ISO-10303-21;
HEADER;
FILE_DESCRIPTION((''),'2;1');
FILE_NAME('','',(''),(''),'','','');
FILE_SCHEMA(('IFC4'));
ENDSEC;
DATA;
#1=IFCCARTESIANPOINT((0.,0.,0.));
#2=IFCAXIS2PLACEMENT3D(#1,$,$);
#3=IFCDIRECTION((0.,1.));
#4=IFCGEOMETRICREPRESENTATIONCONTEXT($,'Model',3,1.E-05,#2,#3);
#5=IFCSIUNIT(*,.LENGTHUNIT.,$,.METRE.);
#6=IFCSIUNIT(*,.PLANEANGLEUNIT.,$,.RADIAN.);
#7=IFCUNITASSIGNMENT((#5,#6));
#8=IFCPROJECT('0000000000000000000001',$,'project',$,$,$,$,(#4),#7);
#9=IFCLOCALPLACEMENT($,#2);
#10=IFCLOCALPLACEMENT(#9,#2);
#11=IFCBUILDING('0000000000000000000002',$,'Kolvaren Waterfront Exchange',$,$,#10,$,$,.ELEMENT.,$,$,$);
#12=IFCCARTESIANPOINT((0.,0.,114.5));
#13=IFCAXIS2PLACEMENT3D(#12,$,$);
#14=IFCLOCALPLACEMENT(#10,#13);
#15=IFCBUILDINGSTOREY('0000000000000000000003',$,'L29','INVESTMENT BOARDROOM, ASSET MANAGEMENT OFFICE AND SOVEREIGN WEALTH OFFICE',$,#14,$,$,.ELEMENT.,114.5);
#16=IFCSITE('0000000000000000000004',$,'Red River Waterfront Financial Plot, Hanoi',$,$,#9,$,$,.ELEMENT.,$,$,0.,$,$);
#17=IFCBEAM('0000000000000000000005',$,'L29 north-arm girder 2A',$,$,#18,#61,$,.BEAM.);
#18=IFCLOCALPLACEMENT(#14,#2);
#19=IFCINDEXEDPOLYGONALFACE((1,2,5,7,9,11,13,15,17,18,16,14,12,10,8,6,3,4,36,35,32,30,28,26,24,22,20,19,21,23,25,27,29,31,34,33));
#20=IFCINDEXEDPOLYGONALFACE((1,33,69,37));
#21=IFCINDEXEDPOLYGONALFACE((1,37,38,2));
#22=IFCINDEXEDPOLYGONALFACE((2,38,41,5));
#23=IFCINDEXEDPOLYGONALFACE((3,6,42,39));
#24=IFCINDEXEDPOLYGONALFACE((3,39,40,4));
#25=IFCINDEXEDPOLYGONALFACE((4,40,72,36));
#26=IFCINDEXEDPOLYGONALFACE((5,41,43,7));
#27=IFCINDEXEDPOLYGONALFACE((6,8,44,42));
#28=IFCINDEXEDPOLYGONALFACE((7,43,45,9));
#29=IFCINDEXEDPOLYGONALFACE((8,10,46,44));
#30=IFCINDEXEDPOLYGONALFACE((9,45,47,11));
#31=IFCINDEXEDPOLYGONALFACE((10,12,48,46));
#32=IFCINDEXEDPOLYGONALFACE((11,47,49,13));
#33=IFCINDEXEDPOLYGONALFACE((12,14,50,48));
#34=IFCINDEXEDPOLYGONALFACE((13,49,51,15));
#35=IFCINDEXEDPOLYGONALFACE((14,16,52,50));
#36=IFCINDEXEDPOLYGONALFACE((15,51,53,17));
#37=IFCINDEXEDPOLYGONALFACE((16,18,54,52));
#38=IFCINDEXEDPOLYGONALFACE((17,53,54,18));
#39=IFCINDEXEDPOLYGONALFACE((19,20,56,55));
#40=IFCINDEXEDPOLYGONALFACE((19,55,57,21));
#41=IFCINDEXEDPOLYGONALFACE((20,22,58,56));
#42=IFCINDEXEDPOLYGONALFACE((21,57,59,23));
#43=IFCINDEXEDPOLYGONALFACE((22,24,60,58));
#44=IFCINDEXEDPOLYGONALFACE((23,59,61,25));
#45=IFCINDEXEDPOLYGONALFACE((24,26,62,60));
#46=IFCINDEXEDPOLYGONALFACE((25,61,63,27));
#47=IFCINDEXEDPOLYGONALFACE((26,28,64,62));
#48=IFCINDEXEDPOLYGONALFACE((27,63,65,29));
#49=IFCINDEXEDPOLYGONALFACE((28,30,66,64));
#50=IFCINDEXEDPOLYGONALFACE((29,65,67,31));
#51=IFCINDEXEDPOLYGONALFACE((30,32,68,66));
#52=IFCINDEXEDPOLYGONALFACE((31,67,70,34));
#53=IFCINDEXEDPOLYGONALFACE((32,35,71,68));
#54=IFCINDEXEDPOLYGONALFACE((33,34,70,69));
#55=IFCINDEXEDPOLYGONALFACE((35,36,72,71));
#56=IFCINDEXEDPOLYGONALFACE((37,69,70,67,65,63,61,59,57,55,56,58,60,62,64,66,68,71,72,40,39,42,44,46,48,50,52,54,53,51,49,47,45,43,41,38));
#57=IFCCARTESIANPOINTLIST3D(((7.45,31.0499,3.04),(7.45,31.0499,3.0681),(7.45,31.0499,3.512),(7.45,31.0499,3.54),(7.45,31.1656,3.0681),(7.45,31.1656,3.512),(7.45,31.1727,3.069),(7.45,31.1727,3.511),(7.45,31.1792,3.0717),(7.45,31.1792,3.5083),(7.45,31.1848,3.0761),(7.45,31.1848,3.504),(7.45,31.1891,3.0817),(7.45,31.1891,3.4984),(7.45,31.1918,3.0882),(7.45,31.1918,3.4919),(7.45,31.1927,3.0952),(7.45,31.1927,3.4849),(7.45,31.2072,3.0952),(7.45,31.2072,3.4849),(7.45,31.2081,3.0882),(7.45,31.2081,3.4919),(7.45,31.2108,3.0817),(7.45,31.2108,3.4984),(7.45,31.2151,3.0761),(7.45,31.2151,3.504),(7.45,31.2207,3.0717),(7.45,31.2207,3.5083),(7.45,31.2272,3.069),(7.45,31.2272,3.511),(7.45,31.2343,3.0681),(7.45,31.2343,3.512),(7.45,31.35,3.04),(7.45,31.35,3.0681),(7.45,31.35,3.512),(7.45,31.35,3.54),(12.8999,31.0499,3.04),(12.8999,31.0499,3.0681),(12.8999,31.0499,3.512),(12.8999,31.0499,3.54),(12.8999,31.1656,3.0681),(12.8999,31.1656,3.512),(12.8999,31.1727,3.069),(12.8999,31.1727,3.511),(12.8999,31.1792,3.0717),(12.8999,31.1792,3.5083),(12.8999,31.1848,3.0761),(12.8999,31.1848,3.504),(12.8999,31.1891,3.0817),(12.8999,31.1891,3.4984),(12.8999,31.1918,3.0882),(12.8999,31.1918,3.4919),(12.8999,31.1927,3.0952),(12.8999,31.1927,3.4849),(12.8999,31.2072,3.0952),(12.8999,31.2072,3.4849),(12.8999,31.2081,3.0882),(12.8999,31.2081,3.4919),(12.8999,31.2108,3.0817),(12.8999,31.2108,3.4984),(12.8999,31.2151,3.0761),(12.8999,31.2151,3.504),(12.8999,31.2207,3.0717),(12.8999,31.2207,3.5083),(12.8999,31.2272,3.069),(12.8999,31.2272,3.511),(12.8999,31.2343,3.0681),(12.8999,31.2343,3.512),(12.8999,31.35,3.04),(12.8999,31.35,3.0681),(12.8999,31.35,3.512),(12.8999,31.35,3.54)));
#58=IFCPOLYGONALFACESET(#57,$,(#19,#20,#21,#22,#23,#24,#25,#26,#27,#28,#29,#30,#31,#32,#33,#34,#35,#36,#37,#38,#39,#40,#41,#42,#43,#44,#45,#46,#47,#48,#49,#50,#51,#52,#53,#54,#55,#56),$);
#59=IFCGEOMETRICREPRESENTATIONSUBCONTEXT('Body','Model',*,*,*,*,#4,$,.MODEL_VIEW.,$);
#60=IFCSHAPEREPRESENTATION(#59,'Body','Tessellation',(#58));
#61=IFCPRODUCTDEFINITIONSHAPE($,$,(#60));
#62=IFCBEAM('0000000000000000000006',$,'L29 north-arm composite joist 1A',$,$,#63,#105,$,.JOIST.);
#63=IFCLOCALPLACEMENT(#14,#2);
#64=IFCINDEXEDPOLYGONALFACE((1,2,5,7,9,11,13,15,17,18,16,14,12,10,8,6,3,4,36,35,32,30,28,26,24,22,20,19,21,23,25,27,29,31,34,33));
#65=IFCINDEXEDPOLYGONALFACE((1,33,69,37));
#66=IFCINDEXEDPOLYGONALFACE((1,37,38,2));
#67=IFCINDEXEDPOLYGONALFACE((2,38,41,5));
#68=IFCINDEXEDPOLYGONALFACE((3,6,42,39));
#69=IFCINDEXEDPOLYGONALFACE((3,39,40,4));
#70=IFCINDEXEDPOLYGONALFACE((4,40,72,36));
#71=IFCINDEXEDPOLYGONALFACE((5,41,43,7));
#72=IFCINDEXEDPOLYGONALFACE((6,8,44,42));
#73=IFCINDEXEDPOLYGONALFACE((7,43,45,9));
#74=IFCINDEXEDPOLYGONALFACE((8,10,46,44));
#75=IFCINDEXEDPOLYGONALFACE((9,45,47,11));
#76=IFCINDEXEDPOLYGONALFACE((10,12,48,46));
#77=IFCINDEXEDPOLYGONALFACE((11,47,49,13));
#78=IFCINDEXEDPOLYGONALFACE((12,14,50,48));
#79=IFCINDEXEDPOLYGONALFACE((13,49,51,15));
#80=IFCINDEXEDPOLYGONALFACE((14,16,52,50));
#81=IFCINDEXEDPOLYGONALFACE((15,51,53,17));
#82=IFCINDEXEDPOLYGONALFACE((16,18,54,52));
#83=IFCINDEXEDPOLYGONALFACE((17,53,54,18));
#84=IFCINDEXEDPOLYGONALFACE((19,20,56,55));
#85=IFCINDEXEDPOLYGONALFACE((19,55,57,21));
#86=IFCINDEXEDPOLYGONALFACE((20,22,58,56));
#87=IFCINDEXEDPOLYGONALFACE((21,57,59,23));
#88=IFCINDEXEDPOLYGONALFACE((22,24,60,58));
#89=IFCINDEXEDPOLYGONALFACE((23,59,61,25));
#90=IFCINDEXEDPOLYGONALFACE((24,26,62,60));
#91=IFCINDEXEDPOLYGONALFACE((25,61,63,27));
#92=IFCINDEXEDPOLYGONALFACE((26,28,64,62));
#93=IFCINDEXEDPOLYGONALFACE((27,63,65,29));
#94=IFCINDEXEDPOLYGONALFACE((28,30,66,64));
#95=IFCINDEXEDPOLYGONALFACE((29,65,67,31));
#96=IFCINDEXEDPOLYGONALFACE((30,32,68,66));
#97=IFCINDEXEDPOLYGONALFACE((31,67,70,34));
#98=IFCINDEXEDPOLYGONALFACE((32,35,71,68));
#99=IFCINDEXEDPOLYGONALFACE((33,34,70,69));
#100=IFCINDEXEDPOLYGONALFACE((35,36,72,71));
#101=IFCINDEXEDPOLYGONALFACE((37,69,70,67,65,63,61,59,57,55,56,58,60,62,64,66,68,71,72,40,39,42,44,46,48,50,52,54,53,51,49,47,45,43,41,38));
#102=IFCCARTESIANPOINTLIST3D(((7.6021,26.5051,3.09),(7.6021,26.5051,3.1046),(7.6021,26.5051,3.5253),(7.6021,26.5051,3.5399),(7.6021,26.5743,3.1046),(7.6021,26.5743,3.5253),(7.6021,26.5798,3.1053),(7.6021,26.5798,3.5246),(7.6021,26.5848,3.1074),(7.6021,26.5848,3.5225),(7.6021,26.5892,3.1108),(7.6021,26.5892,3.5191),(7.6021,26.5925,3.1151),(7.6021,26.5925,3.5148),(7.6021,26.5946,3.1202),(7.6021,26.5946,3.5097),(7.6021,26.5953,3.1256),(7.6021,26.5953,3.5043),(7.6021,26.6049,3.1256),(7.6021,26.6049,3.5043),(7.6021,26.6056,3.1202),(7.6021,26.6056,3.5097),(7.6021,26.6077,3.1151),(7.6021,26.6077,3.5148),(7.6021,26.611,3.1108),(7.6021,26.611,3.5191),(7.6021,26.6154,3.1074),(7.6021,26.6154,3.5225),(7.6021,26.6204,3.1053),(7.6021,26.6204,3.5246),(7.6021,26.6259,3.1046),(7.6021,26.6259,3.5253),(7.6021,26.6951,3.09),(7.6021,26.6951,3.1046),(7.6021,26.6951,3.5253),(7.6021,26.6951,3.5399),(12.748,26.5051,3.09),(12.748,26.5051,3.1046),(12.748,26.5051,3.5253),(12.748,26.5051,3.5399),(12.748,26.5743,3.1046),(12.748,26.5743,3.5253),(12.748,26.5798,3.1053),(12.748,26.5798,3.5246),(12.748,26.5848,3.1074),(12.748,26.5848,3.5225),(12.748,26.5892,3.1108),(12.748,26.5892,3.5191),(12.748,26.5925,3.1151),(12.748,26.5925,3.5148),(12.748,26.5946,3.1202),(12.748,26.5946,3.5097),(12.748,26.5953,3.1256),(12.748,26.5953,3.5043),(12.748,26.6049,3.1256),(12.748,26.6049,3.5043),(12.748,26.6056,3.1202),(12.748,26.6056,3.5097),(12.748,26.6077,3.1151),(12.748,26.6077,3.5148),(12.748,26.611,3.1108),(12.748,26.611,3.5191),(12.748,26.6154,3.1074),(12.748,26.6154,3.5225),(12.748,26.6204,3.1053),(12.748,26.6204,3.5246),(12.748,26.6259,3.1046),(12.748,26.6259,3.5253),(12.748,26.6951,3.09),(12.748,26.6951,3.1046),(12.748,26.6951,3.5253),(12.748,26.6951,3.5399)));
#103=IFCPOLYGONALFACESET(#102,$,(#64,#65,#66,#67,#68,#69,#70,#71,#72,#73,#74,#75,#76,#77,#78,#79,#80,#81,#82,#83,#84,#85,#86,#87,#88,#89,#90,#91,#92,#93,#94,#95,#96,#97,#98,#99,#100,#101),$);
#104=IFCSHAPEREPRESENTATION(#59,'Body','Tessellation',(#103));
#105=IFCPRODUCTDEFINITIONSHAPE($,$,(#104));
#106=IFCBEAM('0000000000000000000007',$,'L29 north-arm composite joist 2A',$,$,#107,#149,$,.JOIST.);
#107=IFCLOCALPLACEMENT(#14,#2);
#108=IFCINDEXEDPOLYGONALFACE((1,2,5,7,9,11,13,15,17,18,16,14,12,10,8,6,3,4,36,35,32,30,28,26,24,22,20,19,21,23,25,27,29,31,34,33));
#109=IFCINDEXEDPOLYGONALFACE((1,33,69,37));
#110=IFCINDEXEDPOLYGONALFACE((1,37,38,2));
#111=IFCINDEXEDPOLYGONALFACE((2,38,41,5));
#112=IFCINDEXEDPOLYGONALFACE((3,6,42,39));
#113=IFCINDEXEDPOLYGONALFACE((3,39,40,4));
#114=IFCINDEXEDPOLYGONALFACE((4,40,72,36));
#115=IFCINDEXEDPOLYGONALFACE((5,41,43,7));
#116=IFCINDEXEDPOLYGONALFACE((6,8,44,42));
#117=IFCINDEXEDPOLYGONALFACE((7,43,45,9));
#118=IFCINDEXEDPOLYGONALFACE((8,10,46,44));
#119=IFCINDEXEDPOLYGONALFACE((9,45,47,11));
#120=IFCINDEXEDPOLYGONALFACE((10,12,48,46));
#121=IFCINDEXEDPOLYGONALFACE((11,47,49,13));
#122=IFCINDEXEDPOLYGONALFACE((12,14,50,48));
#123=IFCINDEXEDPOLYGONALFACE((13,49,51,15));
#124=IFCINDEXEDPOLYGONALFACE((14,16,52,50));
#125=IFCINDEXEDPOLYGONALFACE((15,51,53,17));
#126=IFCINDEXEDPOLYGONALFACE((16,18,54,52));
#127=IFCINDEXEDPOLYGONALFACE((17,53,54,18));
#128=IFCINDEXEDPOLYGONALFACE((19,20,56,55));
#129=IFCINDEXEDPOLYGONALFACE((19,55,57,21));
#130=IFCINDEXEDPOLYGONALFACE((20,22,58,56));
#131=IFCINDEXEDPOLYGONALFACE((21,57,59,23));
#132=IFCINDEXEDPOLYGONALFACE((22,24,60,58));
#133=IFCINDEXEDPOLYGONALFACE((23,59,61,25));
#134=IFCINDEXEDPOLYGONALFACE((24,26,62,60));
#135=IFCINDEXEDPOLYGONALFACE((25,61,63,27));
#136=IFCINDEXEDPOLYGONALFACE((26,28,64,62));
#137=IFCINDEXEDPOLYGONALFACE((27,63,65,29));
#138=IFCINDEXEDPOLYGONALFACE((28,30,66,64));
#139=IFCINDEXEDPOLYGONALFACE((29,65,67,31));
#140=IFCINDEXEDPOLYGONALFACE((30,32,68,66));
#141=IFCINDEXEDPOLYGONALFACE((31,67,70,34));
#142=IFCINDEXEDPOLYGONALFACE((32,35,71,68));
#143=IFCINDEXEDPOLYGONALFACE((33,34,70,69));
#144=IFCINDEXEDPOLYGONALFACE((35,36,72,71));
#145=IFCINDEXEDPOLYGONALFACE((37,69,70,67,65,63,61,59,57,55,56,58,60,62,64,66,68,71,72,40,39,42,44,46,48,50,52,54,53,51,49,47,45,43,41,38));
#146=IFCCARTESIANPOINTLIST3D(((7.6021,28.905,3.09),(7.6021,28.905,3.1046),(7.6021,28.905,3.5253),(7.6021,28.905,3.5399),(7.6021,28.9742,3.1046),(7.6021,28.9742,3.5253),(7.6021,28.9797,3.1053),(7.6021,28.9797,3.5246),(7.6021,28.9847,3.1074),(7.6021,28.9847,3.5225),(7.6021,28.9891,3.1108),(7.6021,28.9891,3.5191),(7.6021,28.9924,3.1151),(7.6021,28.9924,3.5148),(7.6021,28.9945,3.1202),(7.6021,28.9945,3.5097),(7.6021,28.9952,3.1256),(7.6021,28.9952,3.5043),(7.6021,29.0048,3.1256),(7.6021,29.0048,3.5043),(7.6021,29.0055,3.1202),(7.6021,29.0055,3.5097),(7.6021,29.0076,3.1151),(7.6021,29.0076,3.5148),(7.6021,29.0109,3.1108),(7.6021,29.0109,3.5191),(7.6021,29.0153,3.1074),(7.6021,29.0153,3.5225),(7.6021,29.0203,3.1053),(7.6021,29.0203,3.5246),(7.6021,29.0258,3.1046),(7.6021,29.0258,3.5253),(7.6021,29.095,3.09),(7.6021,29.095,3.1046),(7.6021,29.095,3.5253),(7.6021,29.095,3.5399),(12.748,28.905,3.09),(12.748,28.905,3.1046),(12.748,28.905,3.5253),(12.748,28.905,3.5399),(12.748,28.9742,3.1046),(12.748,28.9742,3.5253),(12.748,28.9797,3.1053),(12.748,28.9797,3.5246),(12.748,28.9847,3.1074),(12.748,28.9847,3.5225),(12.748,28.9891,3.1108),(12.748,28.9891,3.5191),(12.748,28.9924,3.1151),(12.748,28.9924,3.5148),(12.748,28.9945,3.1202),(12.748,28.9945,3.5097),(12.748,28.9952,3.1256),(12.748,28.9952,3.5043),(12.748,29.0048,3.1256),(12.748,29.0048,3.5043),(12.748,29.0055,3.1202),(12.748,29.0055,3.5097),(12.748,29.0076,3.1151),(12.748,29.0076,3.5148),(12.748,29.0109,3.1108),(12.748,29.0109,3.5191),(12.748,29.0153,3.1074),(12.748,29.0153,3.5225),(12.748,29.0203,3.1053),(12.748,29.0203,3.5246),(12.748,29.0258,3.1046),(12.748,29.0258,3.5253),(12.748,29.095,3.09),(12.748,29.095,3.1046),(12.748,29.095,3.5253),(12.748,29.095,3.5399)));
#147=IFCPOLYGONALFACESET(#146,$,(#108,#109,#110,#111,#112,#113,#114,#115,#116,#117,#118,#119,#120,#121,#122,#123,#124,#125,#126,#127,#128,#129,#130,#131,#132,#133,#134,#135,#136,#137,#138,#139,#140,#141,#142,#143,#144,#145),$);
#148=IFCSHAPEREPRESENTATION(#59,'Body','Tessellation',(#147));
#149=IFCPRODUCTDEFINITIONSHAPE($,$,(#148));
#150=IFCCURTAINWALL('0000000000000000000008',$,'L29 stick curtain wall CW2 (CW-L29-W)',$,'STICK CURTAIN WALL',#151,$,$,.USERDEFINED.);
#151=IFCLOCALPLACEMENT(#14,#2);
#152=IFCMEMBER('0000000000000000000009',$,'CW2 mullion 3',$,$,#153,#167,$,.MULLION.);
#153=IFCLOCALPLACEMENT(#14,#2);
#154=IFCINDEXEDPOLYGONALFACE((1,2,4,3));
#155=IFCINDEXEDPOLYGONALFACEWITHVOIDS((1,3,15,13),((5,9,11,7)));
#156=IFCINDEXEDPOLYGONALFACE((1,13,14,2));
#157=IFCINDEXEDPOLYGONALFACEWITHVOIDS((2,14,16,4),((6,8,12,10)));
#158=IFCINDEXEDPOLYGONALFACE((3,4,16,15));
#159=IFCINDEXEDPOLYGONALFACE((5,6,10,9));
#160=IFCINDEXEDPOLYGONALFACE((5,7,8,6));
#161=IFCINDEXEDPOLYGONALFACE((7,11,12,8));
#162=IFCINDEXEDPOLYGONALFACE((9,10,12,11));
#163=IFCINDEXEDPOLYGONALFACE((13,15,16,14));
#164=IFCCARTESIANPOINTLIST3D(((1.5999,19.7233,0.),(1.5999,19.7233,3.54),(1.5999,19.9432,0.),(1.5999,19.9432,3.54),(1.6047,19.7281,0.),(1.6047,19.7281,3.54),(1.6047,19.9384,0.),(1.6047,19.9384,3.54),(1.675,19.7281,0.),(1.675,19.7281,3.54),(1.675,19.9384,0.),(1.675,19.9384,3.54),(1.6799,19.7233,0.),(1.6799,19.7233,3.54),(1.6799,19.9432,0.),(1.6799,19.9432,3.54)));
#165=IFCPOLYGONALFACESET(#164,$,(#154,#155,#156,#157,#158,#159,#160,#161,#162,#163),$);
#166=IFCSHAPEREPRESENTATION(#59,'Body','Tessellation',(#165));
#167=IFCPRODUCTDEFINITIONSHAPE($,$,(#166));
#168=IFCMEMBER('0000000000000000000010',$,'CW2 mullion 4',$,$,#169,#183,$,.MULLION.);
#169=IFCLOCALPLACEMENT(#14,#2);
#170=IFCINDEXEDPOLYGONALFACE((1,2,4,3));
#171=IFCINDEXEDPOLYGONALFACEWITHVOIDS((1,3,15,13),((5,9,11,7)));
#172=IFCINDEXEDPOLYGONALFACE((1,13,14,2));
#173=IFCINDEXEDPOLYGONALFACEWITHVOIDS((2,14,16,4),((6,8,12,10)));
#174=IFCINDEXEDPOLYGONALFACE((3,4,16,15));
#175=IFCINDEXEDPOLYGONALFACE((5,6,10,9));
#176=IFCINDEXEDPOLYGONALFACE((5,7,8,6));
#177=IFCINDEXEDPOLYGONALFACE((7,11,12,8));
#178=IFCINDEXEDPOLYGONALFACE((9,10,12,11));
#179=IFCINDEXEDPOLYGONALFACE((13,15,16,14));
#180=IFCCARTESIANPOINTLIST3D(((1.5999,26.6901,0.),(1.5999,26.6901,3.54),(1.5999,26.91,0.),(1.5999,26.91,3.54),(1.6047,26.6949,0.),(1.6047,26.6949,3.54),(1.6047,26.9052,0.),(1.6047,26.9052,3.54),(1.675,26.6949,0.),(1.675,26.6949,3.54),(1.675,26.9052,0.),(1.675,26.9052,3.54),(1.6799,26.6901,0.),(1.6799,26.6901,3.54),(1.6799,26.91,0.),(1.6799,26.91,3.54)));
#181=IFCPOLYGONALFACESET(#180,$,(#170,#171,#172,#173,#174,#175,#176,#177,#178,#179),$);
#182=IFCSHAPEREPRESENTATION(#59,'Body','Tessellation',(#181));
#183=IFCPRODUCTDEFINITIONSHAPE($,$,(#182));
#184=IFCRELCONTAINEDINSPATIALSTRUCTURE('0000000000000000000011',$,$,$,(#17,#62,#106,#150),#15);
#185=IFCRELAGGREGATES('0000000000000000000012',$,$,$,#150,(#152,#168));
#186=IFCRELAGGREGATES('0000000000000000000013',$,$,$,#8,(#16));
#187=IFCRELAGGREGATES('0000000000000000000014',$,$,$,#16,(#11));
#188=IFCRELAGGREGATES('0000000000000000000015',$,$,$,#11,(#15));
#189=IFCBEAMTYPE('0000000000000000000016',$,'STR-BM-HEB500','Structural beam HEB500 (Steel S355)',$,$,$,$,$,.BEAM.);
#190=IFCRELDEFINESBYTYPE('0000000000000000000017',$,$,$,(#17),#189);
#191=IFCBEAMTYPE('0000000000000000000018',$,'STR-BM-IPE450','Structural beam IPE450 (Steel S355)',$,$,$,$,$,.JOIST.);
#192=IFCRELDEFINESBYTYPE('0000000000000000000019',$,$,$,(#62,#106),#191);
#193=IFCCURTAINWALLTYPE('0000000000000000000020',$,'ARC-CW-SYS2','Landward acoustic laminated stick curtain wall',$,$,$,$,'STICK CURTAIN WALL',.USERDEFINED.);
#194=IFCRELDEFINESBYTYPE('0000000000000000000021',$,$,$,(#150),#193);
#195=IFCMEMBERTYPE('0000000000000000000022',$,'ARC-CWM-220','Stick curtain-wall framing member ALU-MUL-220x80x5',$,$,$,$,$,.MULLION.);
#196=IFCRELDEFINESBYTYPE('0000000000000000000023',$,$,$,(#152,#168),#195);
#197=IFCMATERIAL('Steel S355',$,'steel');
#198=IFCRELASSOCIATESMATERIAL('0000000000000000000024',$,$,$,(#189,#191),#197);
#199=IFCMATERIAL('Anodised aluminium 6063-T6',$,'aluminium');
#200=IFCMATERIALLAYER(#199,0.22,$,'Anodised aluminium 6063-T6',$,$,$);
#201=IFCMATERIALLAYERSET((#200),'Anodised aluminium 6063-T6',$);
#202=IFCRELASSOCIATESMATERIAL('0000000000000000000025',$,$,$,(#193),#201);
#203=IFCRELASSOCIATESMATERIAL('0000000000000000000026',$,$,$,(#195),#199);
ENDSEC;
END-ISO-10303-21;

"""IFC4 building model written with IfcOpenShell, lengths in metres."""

from ifc_helpers import new_model, si_unit, direction, frame, origin, origin_with_axes, origin_2d, place, context, subcontext, project, spatial, hollow_rectangle, i_section, extrude, source, transform, mapped, material, layer, layer_set, material_profile, profile_set, type_object, element, aggregate, save


model = new_model("IFC4")

# Units and contexts
model_context = context("Model", 3, precision=1e-05, world=origin(), true_north=direction((0.0, 1.0)))
body_context = subcontext(model_context, "Body", "Model", "MODEL_VIEW")
ifc_project = project(units=[si_unit("LENGTHUNIT", "METRE"), si_unit("PLANEANGLEUNIT", "RADIAN")], contexts=[model_context])

# Site, building, storey
site_placement = place(None, origin())
site = spatial("IfcSite", under=ifc_project, at=site_placement, Name="Red River Waterfront Financial Plot, Hanoi", CompositionType="ELEMENT", RefElevation=0.0)
building_placement = place(site_placement, origin())
building = spatial("IfcBuilding", under=site, at=building_placement, Name="Kolvaren Waterfront Exchange", CompositionType="ELEMENT")
storey_placement = place(building_placement, frame((0.0, 0.0, 114.5)))
storey = spatial("IfcBuildingStorey", under=building, at=storey_placement, Name="L29", Description="INVESTMENT BOARDROOM, ASSET MANAGEMENT OFFICE AND SOVEREIGN WEALTH OFFICE", CompositionType="ELEMENT", Elevation=114.5)

# Beams
ifc_material_1 = material(Name="Steel S355", Category="steel")
ifc_material_profile_1 = material_profile(ifc_material_1, i_section(OverallWidth=0.3, OverallDepth=0.5, WebThickness=0.0144, FlangeThickness=0.0281, FilletRadius=0.0271, at=origin_2d()), Name="HEB500")
ifc_profile_set_1 = profile_set([ifc_material_profile_1], Name="Steel S355")
beam_type_1 = type_object("IfcBeamType", Name="STR-BM-HEB500", Description="Structural beam HEB500 (Steel S355)", PredefinedType="BEAM", material=ifc_profile_set_1)
for number, where, z_axis, x_axis, name in (
    (1, (7.45, 31.2, 3.29), (1.0, 0.0, 0.0), (0.0, 1.0, 0.0), "L29 north-arm girder 2A"),
):
    element("IfcBeam", number, at=place(storey_placement, frame(where, z_axis=z_axis, x_axis=x_axis)), inside=storey, type_object=beam_type_1, Name=name, PredefinedType="BEAM", context=body_context, shape_type="SweptSolid", body=[
        extrude(i_section(OverallWidth=0.3, OverallDepth=0.5, WebThickness=0.0144, FlangeThickness=0.0281, FilletRadius=0.0271, at=origin_2d()), origin(), (0.0, 0.0, 1.0), 5.45),
    ])
ifc_material_profile_2 = material_profile(ifc_material_1, i_section(OverallWidth=0.1899, OverallDepth=0.45, WebThickness=0.0095, FlangeThickness=0.0146, FilletRadius=0.021, at=origin_2d()), Name="IPE450")
ifc_profile_set_2 = profile_set([ifc_material_profile_2], Name="Steel S355")
beam_type_2 = type_object("IfcBeamType", Name="STR-BM-IPE450", Description="Structural beam IPE450 (Steel S355)", PredefinedType="JOIST", material=ifc_profile_set_2)
for number, where, z_axis, x_axis, name in (
    (2, (7.6021, 26.6001, 3.3149), (1.0, 0.0, 0.0), (0.0, 1.0, 0.0), "L29 north-arm composite joist 1A"),
    (3, (7.6021, 29.0, 3.3149), (1.0, 0.0, 0.0), (0.0, 1.0, 0.0), "L29 north-arm composite joist 2A"),
):
    element("IfcBeam", number, at=place(storey_placement, frame(where, z_axis=z_axis, x_axis=x_axis)), inside=storey, type_object=beam_type_2, Name=name, PredefinedType="JOIST", context=body_context, shape_type="SweptSolid", body=[
        extrude(i_section(OverallWidth=0.1899, OverallDepth=0.45, WebThickness=0.0095, FlangeThickness=0.0146, FilletRadius=0.021, at=origin_2d()), origin(), (0.0, 0.0, 1.0), 5.146),
    ])

# Curtain wall, members
ifc_material_2 = material(Name="Anodised aluminium 6063-T6", Category="aluminium")
ifc_layer_1 = layer(ifc_material_2, 0.22, Name="Anodised aluminium 6063-T6")
ifc_layer_set_1 = layer_set([ifc_layer_1], Name="Anodised aluminium 6063-T6")
curtain_wall_type = type_object("IfcCurtainWallType", Name="ARC-CW-SYS2", Description="Landward acoustic laminated stick curtain wall", ElementType="STICK CURTAIN WALL", PredefinedType="USERDEFINED", material=ifc_layer_set_1)
curtain_wall_placement = place(storey_placement, origin())
curtain_wall = element("IfcCurtainWall", 4, at=curtain_wall_placement, inside=storey, type_object=curtain_wall_type, Name="L29 stick curtain wall CW2 (CW-L29-W)", ObjectType="STICK CURTAIN WALL", PredefinedType="USERDEFINED")
ifc_material_profile_3 = material_profile(ifc_material_2, hollow_rectangle(XDim=0.0801, YDim=0.22, WallThickness=0.0049, at=origin_2d()), Name="ALU-MUL-220x80x5")
ifc_profile_set_3 = profile_set([ifc_material_profile_3], Name="Anodised aluminium 6063-T6")
member_type_1 = type_object("IfcMemberType", Name="ARC-CWM-220", Description="Stick curtain-wall framing member ALU-MUL-220x80x5", PredefinedType="MULLION", material=ifc_profile_set_3)
shared_shape_1 = source(origin_with_axes(), body_context, "Body", "SweptSolid", [
    extrude(hollow_rectangle(XDim=0.0801, YDim=0.22, WallThickness=0.0049, at=origin_2d()), origin(), (0.0, 0.0, 1.0), 3.54),
])
member_1_placement = place(storey_placement, frame((1.6399, 19.8333, 0.0), z_axis=(0.0, 0.0, 1.0), x_axis=(-1.0, 0.0, 0.0)))
member_1 = element("IfcMember", 5, at=member_1_placement, type_object=member_type_1, Name="CW2 mullion 3", PredefinedType="MULLION", context=body_context, shape_type="MappedRepresentation", body=[
    mapped(shared_shape_1, transform((0.0, 0.0, 0.0), x_axis=(1.0, 0.0, 0.0), y_axis=(0.0, 1.0, 0.0), z_axis=(0.0, 0.0, 1.0), scale=1.0)),
])
member_2_placement = place(storey_placement, frame((1.6399, 26.8, 0.0), z_axis=(0.0, 0.0, 1.0), x_axis=(-1.0, 0.0, 0.0)))
member_2 = element("IfcMember", 6, at=member_2_placement, type_object=member_type_1, Name="CW2 mullion 4", PredefinedType="MULLION", context=body_context, shape_type="MappedRepresentation", body=[
    mapped(shared_shape_1, transform((0.0, 0.0, 0.0), x_axis=(1.0, 0.0, 0.0), y_axis=(0.0, 1.0, 0.0), z_axis=(0.0, 0.0, 1.0), scale=1.0)),
])
aggregate(curtain_wall, [member_1, member_2])

save(model, "model.ifc")
